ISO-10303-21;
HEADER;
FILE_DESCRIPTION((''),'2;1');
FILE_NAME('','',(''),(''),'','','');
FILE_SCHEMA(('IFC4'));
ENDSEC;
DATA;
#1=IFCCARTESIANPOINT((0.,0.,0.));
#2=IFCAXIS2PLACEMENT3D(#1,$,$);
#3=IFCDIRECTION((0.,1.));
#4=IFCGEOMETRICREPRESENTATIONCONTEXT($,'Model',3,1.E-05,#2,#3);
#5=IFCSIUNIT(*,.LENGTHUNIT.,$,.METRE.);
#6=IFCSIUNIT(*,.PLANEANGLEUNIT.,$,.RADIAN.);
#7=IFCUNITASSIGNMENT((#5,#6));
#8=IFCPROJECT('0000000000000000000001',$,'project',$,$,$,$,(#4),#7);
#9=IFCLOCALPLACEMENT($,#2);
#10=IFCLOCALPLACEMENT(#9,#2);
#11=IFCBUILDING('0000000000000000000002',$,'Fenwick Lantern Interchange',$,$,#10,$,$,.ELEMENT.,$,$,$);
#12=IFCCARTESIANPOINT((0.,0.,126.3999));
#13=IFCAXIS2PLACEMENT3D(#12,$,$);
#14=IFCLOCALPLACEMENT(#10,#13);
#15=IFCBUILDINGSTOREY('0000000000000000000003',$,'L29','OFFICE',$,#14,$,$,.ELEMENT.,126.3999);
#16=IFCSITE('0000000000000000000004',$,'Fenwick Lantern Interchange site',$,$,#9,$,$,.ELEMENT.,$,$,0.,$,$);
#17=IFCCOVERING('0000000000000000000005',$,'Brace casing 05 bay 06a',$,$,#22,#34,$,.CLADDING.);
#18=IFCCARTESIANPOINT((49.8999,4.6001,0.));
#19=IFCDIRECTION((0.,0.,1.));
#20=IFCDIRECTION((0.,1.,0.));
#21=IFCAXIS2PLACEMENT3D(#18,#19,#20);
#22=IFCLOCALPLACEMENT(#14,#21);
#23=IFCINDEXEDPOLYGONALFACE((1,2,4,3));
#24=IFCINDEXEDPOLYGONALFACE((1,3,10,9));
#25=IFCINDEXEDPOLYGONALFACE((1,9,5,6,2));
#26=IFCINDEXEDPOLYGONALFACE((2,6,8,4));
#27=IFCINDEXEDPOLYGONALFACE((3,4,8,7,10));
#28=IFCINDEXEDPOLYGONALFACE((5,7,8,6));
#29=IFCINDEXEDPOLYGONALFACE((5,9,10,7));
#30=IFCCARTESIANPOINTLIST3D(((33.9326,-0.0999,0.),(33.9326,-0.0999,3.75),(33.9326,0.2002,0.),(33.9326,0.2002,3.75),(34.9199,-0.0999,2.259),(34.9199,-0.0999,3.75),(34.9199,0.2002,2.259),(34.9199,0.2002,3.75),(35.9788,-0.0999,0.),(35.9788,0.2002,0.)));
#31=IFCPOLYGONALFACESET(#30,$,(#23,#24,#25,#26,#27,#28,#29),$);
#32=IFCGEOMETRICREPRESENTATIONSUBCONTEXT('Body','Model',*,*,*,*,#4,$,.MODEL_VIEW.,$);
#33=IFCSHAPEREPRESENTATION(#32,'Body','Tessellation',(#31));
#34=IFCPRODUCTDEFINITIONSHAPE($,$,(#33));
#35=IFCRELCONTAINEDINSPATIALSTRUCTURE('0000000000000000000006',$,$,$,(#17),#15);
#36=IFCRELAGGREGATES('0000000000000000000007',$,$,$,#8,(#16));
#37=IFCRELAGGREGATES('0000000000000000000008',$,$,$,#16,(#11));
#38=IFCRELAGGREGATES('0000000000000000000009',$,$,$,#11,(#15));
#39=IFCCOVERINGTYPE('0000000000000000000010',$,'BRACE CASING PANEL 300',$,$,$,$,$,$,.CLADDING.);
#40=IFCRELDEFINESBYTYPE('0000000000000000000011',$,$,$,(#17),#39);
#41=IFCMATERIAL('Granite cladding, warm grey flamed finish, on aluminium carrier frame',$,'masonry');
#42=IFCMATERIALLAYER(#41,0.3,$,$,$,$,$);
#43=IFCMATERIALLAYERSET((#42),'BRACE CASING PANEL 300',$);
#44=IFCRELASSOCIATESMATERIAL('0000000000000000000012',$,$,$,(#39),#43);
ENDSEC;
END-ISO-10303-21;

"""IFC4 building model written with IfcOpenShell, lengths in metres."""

from ifc_helpers import new_model, si_unit, direction, frame, origin, place, context, subcontext, project, spatial, polyline, outline, extrude, material, layer, layer_set, type_object, element, save


model = new_model("IFC4")

# Units and contexts
model_context = context("Model", 3, precision=1e-05, world=origin(), true_north=direction((0.0, 1.0)))
body_context = subcontext(model_context, "Body", "Model", "MODEL_VIEW")
ifc_project = project(units=[si_unit("LENGTHUNIT", "METRE"), si_unit("PLANEANGLEUNIT", "RADIAN")], contexts=[model_context])

# Site, building, storey
site_placement = place(None, origin())
site = spatial("IfcSite", under=ifc_project, at=site_placement, Name="Fenwick Lantern Interchange site", CompositionType="ELEMENT", RefElevation=0.0)
building_placement = place(site_placement, origin())
building = spatial("IfcBuilding", under=site, at=building_placement, Name="Fenwick Lantern Interchange", CompositionType="ELEMENT")
storey_placement = place(building_placement, frame((0.0, 0.0, 126.3999)))
storey = spatial("IfcBuildingStorey", under=building, at=storey_placement, Name="L29", Description="OFFICE", CompositionType="ELEMENT", Elevation=126.3999)

# Covering
ifc_material_1 = material(Name="Granite cladding, warm grey flamed finish, on aluminium carrier frame", Category="masonry")
ifc_layer_1 = layer(ifc_material_1, 0.3)
ifc_layer_set_1 = layer_set([ifc_layer_1], Name="BRACE CASING PANEL 300")
covering_type = type_object("IfcCoveringType", Name="BRACE CASING PANEL 300", PredefinedType="CLADDING", material=ifc_layer_set_1)
covering_placement = place(storey_placement, frame((49.8999, 4.6001, 0.0), z_axis=(0.0, 0.0, 1.0), x_axis=(0.0, 1.0, 0.0)))
element("IfcCovering", 1, at=covering_placement, inside=storey, type_object=covering_type, Name="Brace casing 05 bay 06a", PredefinedType="CLADDING", context=body_context, shape_type="SweptSolid", body=[
    extrude(outline(polyline([(33.9326, 0.0), (35.9788, 0.0), (34.9199, 2.259), (34.9199, 3.75), (33.9326, 3.75), (33.9326, 0.0)])), frame((0.0, 0.2002, 0.0), z_axis=(0.0, -1.0, 0.0), x_axis=(1.0, 0.0, 0.0)), (0.0, 0.0, 1.0), 0.3),
])

save(model, "model.ifc")
